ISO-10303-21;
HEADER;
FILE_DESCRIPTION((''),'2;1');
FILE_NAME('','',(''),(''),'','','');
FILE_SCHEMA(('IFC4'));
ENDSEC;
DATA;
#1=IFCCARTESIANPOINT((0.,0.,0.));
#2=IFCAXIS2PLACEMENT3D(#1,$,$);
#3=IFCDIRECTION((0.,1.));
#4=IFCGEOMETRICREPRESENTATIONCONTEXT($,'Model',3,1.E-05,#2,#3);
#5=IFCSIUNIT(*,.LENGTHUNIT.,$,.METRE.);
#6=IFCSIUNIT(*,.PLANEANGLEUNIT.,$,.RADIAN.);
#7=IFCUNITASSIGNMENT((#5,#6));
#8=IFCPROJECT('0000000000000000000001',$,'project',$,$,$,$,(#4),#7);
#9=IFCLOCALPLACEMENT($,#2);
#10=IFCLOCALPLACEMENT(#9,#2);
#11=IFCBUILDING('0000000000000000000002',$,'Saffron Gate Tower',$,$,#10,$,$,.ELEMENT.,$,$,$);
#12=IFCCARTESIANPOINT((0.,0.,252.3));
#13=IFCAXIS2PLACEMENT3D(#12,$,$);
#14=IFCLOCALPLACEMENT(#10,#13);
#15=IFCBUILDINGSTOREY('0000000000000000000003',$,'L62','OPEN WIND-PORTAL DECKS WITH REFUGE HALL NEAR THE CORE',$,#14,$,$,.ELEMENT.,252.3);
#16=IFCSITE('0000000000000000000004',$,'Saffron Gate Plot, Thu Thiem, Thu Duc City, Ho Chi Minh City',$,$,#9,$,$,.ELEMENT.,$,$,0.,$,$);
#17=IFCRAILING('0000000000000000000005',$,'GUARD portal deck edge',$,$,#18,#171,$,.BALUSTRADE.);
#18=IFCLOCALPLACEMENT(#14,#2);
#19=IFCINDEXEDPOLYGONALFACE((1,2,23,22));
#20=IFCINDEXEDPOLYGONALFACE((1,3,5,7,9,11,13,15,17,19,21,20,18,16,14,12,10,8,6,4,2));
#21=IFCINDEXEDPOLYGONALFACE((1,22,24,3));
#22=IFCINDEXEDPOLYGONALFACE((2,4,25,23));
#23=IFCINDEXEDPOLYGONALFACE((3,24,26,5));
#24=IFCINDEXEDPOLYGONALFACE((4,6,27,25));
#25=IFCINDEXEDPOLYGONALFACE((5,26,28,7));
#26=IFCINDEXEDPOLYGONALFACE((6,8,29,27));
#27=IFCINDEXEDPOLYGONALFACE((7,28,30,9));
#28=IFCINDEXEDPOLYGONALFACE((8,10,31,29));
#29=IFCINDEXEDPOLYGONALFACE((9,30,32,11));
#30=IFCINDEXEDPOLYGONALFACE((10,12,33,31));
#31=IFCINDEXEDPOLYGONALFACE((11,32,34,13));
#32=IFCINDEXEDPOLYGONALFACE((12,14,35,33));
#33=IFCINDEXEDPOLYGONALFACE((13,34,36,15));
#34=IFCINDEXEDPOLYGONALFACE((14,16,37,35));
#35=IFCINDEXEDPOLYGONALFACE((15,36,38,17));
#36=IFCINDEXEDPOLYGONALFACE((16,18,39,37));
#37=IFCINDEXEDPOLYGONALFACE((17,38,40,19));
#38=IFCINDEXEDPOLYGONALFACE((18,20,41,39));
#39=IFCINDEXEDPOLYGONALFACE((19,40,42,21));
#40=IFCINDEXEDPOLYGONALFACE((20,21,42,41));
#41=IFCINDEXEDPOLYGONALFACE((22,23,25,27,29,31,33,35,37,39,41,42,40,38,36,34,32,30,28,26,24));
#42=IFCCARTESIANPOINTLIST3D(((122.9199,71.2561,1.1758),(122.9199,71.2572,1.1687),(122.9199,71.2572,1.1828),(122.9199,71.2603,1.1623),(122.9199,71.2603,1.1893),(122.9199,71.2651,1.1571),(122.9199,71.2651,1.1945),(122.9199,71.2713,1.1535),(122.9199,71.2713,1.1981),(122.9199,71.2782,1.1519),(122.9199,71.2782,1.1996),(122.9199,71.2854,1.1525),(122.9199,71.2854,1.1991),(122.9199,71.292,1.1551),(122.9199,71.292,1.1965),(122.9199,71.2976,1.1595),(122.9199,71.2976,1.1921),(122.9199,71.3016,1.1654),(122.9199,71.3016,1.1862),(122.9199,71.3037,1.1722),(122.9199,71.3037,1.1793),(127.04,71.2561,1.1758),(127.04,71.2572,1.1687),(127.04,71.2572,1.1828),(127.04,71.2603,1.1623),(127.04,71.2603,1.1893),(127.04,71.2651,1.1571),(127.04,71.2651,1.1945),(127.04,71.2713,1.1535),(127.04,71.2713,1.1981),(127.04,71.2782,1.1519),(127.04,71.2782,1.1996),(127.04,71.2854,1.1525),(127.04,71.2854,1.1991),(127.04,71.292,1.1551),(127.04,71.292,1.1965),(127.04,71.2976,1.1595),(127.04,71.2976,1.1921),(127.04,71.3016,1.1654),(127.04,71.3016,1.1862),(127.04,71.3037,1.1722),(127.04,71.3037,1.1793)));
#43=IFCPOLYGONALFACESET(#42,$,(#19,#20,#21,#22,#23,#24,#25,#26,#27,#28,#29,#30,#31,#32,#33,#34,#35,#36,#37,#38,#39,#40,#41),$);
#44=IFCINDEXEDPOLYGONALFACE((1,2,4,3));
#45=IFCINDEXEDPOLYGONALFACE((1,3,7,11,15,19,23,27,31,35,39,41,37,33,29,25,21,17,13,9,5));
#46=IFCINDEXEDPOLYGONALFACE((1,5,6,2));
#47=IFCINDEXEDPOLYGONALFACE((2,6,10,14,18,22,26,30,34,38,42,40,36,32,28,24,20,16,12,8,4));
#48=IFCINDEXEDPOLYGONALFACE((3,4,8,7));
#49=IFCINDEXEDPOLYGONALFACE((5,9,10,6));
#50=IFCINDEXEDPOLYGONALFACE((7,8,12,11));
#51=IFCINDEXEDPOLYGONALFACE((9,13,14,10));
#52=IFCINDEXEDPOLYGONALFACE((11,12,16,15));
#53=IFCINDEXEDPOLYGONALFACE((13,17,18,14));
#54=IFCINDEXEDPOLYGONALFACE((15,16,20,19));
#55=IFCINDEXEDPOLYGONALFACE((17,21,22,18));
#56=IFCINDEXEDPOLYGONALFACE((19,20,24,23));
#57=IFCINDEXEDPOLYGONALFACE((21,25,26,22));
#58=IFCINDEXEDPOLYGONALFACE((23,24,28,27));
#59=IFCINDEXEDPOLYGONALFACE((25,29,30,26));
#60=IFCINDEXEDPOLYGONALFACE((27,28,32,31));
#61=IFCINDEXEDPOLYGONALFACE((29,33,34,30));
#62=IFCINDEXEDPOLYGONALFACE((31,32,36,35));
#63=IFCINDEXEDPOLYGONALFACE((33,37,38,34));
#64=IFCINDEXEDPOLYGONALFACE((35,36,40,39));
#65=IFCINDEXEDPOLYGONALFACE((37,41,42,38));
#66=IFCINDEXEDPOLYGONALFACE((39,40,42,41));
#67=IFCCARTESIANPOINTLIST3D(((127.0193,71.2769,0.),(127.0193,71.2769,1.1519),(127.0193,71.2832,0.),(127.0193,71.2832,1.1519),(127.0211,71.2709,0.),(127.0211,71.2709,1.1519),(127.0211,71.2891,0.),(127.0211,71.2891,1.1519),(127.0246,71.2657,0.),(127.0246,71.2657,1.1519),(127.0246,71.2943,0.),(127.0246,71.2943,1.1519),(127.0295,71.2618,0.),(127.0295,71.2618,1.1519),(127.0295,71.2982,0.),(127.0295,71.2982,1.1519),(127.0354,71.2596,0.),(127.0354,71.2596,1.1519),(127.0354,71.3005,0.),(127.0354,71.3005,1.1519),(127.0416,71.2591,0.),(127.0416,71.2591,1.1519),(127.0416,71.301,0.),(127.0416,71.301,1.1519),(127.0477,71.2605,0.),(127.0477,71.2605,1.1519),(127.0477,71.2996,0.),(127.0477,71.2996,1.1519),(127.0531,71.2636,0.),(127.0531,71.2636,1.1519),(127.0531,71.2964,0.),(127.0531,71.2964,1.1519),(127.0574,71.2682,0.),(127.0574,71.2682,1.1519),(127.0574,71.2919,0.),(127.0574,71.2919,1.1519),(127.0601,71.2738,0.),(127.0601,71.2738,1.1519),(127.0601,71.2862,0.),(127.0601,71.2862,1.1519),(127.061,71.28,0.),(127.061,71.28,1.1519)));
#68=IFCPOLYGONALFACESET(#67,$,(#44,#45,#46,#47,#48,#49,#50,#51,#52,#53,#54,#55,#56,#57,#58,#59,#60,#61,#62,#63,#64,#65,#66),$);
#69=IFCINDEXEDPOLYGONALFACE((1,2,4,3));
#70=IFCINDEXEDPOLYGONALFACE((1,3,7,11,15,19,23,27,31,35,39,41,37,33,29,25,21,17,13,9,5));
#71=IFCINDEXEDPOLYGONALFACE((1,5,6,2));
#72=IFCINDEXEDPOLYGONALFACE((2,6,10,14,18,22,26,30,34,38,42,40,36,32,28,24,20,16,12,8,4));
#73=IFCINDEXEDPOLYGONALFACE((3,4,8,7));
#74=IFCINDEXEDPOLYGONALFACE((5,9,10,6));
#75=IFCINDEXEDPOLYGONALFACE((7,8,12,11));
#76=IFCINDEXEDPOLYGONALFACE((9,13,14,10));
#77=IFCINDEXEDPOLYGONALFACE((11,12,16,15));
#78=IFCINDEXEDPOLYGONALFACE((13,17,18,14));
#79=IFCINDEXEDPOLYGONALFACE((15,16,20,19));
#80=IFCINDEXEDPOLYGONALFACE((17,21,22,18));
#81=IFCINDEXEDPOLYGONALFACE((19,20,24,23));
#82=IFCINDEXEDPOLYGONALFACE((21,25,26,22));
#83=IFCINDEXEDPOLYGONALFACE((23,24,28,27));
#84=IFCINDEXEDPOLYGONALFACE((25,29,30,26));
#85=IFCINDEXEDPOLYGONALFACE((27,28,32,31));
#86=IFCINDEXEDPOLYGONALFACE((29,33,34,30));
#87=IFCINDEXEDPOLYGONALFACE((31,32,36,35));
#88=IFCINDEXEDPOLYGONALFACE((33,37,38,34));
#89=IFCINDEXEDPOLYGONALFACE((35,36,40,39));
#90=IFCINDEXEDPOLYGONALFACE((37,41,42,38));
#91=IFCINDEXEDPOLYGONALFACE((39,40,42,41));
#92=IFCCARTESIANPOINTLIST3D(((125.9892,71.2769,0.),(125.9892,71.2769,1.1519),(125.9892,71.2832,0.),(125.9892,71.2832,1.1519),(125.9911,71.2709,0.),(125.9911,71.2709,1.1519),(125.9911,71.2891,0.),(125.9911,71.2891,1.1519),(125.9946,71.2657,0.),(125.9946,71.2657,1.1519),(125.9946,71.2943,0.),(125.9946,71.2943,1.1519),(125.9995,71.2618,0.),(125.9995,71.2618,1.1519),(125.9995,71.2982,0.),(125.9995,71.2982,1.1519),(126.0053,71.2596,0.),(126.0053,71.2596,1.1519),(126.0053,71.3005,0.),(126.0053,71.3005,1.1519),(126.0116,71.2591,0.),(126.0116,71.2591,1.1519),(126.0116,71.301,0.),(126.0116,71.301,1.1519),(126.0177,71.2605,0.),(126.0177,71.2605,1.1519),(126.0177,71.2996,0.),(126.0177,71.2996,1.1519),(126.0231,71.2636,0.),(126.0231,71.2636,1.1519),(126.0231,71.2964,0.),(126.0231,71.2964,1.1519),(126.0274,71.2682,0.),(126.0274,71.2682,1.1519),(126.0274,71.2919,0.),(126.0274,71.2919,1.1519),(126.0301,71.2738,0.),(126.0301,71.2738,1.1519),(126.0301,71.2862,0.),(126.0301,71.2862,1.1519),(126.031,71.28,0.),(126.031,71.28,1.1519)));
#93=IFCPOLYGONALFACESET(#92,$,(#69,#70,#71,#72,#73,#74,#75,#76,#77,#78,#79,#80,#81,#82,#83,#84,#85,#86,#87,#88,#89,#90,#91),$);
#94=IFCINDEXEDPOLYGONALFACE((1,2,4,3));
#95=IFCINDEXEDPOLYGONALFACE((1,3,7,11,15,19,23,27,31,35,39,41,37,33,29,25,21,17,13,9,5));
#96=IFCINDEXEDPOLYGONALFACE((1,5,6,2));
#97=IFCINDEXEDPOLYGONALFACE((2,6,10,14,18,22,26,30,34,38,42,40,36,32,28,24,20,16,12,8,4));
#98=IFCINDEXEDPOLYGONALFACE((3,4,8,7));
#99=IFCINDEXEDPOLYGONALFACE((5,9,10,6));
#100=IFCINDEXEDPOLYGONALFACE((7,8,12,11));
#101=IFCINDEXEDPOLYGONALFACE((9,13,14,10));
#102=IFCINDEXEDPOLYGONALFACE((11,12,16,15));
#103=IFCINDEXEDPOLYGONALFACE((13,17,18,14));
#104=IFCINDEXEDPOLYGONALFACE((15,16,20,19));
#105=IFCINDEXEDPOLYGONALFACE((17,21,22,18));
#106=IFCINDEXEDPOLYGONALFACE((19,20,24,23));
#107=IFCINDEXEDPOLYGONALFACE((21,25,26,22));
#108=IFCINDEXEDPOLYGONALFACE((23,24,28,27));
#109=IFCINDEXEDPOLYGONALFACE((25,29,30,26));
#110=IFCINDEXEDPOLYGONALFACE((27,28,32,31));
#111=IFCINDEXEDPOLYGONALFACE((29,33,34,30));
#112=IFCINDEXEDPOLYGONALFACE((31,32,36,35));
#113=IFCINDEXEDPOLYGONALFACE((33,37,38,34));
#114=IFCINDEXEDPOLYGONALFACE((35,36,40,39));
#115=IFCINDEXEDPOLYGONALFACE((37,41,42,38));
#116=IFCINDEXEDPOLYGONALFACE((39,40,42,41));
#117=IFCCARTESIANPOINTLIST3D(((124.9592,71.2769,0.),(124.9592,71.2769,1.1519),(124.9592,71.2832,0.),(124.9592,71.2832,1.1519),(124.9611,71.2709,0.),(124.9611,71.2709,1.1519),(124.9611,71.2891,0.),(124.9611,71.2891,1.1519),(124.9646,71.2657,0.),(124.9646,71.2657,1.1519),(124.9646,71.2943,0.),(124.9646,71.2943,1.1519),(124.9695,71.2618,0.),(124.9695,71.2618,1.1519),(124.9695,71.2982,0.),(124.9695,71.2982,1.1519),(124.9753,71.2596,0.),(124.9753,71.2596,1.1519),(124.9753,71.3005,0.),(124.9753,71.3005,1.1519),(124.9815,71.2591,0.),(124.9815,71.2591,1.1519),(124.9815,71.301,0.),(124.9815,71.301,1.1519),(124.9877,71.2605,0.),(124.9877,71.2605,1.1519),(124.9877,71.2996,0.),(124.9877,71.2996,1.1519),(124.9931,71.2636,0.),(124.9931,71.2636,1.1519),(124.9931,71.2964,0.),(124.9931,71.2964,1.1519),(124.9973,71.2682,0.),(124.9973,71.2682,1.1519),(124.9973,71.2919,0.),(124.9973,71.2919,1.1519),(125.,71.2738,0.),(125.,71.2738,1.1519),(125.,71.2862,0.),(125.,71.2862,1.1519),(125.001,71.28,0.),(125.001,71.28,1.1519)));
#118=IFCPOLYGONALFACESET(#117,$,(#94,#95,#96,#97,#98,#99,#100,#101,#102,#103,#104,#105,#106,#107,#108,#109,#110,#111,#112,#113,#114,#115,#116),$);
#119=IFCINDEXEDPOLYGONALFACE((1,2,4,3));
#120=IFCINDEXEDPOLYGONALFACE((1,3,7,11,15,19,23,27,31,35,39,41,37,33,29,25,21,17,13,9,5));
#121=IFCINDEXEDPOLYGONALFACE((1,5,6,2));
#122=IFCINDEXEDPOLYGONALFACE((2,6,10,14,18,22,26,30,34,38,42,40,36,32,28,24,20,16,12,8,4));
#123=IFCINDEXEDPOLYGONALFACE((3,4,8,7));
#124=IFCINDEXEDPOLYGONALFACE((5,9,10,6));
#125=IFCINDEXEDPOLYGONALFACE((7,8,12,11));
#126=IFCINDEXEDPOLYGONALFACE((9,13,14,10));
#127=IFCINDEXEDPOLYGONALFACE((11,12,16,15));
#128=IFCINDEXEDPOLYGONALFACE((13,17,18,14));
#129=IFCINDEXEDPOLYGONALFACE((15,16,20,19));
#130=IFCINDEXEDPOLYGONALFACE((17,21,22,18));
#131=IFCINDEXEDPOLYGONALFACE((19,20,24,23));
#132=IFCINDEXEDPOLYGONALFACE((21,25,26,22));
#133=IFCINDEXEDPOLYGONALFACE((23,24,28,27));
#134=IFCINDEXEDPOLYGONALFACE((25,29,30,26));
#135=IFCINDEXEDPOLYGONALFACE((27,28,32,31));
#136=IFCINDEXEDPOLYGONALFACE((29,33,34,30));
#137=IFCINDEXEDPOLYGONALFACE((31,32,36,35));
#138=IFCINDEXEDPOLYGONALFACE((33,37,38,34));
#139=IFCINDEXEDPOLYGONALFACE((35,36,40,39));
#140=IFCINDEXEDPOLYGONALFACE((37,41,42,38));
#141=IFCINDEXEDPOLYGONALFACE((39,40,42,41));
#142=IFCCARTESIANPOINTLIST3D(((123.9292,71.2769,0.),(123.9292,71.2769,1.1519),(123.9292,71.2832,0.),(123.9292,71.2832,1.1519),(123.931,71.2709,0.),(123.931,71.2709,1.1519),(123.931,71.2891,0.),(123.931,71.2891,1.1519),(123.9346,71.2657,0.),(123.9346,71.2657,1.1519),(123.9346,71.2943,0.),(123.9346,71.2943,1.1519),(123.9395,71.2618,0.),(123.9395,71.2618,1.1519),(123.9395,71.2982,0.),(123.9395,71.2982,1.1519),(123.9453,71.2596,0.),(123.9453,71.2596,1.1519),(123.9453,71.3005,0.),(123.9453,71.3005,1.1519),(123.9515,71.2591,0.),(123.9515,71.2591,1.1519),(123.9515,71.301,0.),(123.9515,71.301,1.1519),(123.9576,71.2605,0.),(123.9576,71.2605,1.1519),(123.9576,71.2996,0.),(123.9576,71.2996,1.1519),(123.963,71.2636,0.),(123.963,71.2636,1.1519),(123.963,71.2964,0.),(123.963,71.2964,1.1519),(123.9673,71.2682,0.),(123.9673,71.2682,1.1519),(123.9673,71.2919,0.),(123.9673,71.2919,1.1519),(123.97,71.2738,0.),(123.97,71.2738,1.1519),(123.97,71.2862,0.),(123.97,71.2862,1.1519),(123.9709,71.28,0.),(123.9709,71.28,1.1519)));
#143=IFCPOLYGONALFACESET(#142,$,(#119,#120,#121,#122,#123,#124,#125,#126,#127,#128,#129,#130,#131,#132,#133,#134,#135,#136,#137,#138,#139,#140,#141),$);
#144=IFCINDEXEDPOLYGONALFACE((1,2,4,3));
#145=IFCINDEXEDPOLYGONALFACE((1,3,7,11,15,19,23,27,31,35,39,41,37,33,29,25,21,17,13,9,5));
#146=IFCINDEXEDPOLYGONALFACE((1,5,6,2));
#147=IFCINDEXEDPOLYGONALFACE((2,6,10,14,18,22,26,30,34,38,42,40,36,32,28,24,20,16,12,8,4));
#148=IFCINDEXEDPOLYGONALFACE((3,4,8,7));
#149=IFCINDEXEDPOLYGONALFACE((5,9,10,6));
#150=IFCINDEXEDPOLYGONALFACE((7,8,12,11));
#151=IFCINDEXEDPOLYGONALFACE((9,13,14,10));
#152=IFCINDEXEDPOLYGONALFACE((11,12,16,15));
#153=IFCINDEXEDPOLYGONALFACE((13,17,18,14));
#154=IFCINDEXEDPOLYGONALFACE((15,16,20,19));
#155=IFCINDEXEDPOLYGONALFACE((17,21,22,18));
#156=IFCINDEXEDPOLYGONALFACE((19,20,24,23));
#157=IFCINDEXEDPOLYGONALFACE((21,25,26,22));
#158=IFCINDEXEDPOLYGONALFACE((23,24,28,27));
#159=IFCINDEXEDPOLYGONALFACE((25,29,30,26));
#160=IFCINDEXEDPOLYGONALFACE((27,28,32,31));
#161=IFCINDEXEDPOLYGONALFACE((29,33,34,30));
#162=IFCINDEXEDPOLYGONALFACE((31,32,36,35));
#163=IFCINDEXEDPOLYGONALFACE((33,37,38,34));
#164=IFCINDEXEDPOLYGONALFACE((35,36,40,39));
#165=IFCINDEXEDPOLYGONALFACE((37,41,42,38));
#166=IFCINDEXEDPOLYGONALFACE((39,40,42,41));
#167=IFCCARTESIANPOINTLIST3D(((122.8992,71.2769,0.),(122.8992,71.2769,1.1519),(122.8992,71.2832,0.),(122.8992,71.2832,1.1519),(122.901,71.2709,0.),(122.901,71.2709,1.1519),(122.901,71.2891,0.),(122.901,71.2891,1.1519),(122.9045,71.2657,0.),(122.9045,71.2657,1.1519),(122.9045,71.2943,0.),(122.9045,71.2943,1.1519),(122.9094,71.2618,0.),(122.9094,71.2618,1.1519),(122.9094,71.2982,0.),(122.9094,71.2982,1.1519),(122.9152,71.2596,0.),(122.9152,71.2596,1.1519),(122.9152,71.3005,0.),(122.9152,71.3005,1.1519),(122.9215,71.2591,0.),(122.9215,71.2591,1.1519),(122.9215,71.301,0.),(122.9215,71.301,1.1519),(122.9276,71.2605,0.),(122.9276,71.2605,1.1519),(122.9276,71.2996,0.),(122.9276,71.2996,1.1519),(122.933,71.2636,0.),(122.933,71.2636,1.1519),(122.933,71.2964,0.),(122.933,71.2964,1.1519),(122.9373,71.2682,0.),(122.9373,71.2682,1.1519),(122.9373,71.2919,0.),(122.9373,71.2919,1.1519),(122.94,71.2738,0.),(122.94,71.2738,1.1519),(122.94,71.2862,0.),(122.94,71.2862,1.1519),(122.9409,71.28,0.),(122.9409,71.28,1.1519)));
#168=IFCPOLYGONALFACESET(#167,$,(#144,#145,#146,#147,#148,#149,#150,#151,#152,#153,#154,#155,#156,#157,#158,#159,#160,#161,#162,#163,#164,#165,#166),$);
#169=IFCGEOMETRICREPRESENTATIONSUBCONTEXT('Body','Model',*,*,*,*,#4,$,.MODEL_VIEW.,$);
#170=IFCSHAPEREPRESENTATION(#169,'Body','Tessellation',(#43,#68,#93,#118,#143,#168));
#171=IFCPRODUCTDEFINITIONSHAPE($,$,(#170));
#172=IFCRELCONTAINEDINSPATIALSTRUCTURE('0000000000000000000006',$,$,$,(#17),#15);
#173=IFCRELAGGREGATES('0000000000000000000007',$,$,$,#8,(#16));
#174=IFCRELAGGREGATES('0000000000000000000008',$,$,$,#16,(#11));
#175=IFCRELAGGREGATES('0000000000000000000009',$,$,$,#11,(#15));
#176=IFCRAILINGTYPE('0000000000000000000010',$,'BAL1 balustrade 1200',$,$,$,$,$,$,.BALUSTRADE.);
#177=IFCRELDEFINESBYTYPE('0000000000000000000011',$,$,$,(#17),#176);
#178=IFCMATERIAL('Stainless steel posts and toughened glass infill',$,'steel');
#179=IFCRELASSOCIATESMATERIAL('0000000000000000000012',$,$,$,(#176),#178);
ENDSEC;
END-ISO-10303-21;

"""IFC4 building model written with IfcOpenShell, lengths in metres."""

from ifc_helpers import new_model, si_unit, direction, frame, origin, origin_2d, place, context, subcontext, project, spatial, circle, extrude, material, type_object, element, save


model = new_model("IFC4")

# Units and contexts
model_context = context("Model", 3, precision=1e-05, world=origin(), true_north=direction((0.0, 1.0)))
body_context = subcontext(model_context, "Body", "Model", "MODEL_VIEW")
ifc_project = project(units=[si_unit("LENGTHUNIT", "METRE"), si_unit("PLANEANGLEUNIT", "RADIAN")], contexts=[model_context])

# Site, building, storey
site_placement = place(None, origin())
site = spatial("IfcSite", under=ifc_project, at=site_placement, Name="Saffron Gate Plot, Thu Thiem, Thu Duc City, Ho Chi Minh City", CompositionType="ELEMENT", RefElevation=0.0)
building_placement = place(site_placement, origin())
building = spatial("IfcBuilding", under=site, at=building_placement, Name="Saffron Gate Tower", CompositionType="ELEMENT")
storey_placement = place(building_placement, frame((0.0, 0.0, 252.3)))
storey = spatial("IfcBuildingStorey", under=building, at=storey_placement, Name="L62", Description="OPEN WIND-PORTAL DECKS WITH REFUGE HALL NEAR THE CORE", CompositionType="ELEMENT", Elevation=252.3)

# Railing
ifc_material_1 = material(Name="Stainless steel posts and toughened glass infill", Category="steel")
railing_type = type_object("IfcRailingType", Name="BAL1 balustrade 1200", PredefinedType="BALUSTRADE", material=ifc_material_1)
railing_1_placement = place(storey_placement, frame((127.04, 71.28, 0.0)))
element("IfcRailing", 1, at=railing_1_placement, inside=storey, type_object=railing_type, Name="GUARD portal deck edge", PredefinedType="BALUSTRADE", context=body_context, shape_type="SweptSolid", body=[
    extrude(circle(Radius=0.0239, at=origin_2d()), frame((0.0, 0.0, 1.1758), z_axis=(-1.0, 0.0, 0.0), x_axis=(0.0, -1.0, 0.0)), (0.0, 0.0, 1.0), 4.1201),
    extrude(circle(Radius=0.021, at=origin_2d()), origin(), (0.0, 0.0, 1.0), 1.1519),
    extrude(circle(Radius=0.021, at=origin_2d()), frame((-1.03, 0.0, 0.0)), (0.0, 0.0, 1.0), 1.1519),
    extrude(circle(Radius=0.021, at=origin_2d()), frame((-2.0601, 0.0, 0.0)), (0.0, 0.0, 1.0), 1.1519),
    extrude(circle(Radius=0.021, at=origin_2d()), frame((-3.0901, 0.0, 0.0)), (0.0, 0.0, 1.0), 1.1519),
    extrude(circle(Radius=0.021, at=origin_2d()), frame((-4.1201, 0.0, 0.0)), (0.0, 0.0, 1.0), 1.1519),
])

save(model, "model.ifc")
